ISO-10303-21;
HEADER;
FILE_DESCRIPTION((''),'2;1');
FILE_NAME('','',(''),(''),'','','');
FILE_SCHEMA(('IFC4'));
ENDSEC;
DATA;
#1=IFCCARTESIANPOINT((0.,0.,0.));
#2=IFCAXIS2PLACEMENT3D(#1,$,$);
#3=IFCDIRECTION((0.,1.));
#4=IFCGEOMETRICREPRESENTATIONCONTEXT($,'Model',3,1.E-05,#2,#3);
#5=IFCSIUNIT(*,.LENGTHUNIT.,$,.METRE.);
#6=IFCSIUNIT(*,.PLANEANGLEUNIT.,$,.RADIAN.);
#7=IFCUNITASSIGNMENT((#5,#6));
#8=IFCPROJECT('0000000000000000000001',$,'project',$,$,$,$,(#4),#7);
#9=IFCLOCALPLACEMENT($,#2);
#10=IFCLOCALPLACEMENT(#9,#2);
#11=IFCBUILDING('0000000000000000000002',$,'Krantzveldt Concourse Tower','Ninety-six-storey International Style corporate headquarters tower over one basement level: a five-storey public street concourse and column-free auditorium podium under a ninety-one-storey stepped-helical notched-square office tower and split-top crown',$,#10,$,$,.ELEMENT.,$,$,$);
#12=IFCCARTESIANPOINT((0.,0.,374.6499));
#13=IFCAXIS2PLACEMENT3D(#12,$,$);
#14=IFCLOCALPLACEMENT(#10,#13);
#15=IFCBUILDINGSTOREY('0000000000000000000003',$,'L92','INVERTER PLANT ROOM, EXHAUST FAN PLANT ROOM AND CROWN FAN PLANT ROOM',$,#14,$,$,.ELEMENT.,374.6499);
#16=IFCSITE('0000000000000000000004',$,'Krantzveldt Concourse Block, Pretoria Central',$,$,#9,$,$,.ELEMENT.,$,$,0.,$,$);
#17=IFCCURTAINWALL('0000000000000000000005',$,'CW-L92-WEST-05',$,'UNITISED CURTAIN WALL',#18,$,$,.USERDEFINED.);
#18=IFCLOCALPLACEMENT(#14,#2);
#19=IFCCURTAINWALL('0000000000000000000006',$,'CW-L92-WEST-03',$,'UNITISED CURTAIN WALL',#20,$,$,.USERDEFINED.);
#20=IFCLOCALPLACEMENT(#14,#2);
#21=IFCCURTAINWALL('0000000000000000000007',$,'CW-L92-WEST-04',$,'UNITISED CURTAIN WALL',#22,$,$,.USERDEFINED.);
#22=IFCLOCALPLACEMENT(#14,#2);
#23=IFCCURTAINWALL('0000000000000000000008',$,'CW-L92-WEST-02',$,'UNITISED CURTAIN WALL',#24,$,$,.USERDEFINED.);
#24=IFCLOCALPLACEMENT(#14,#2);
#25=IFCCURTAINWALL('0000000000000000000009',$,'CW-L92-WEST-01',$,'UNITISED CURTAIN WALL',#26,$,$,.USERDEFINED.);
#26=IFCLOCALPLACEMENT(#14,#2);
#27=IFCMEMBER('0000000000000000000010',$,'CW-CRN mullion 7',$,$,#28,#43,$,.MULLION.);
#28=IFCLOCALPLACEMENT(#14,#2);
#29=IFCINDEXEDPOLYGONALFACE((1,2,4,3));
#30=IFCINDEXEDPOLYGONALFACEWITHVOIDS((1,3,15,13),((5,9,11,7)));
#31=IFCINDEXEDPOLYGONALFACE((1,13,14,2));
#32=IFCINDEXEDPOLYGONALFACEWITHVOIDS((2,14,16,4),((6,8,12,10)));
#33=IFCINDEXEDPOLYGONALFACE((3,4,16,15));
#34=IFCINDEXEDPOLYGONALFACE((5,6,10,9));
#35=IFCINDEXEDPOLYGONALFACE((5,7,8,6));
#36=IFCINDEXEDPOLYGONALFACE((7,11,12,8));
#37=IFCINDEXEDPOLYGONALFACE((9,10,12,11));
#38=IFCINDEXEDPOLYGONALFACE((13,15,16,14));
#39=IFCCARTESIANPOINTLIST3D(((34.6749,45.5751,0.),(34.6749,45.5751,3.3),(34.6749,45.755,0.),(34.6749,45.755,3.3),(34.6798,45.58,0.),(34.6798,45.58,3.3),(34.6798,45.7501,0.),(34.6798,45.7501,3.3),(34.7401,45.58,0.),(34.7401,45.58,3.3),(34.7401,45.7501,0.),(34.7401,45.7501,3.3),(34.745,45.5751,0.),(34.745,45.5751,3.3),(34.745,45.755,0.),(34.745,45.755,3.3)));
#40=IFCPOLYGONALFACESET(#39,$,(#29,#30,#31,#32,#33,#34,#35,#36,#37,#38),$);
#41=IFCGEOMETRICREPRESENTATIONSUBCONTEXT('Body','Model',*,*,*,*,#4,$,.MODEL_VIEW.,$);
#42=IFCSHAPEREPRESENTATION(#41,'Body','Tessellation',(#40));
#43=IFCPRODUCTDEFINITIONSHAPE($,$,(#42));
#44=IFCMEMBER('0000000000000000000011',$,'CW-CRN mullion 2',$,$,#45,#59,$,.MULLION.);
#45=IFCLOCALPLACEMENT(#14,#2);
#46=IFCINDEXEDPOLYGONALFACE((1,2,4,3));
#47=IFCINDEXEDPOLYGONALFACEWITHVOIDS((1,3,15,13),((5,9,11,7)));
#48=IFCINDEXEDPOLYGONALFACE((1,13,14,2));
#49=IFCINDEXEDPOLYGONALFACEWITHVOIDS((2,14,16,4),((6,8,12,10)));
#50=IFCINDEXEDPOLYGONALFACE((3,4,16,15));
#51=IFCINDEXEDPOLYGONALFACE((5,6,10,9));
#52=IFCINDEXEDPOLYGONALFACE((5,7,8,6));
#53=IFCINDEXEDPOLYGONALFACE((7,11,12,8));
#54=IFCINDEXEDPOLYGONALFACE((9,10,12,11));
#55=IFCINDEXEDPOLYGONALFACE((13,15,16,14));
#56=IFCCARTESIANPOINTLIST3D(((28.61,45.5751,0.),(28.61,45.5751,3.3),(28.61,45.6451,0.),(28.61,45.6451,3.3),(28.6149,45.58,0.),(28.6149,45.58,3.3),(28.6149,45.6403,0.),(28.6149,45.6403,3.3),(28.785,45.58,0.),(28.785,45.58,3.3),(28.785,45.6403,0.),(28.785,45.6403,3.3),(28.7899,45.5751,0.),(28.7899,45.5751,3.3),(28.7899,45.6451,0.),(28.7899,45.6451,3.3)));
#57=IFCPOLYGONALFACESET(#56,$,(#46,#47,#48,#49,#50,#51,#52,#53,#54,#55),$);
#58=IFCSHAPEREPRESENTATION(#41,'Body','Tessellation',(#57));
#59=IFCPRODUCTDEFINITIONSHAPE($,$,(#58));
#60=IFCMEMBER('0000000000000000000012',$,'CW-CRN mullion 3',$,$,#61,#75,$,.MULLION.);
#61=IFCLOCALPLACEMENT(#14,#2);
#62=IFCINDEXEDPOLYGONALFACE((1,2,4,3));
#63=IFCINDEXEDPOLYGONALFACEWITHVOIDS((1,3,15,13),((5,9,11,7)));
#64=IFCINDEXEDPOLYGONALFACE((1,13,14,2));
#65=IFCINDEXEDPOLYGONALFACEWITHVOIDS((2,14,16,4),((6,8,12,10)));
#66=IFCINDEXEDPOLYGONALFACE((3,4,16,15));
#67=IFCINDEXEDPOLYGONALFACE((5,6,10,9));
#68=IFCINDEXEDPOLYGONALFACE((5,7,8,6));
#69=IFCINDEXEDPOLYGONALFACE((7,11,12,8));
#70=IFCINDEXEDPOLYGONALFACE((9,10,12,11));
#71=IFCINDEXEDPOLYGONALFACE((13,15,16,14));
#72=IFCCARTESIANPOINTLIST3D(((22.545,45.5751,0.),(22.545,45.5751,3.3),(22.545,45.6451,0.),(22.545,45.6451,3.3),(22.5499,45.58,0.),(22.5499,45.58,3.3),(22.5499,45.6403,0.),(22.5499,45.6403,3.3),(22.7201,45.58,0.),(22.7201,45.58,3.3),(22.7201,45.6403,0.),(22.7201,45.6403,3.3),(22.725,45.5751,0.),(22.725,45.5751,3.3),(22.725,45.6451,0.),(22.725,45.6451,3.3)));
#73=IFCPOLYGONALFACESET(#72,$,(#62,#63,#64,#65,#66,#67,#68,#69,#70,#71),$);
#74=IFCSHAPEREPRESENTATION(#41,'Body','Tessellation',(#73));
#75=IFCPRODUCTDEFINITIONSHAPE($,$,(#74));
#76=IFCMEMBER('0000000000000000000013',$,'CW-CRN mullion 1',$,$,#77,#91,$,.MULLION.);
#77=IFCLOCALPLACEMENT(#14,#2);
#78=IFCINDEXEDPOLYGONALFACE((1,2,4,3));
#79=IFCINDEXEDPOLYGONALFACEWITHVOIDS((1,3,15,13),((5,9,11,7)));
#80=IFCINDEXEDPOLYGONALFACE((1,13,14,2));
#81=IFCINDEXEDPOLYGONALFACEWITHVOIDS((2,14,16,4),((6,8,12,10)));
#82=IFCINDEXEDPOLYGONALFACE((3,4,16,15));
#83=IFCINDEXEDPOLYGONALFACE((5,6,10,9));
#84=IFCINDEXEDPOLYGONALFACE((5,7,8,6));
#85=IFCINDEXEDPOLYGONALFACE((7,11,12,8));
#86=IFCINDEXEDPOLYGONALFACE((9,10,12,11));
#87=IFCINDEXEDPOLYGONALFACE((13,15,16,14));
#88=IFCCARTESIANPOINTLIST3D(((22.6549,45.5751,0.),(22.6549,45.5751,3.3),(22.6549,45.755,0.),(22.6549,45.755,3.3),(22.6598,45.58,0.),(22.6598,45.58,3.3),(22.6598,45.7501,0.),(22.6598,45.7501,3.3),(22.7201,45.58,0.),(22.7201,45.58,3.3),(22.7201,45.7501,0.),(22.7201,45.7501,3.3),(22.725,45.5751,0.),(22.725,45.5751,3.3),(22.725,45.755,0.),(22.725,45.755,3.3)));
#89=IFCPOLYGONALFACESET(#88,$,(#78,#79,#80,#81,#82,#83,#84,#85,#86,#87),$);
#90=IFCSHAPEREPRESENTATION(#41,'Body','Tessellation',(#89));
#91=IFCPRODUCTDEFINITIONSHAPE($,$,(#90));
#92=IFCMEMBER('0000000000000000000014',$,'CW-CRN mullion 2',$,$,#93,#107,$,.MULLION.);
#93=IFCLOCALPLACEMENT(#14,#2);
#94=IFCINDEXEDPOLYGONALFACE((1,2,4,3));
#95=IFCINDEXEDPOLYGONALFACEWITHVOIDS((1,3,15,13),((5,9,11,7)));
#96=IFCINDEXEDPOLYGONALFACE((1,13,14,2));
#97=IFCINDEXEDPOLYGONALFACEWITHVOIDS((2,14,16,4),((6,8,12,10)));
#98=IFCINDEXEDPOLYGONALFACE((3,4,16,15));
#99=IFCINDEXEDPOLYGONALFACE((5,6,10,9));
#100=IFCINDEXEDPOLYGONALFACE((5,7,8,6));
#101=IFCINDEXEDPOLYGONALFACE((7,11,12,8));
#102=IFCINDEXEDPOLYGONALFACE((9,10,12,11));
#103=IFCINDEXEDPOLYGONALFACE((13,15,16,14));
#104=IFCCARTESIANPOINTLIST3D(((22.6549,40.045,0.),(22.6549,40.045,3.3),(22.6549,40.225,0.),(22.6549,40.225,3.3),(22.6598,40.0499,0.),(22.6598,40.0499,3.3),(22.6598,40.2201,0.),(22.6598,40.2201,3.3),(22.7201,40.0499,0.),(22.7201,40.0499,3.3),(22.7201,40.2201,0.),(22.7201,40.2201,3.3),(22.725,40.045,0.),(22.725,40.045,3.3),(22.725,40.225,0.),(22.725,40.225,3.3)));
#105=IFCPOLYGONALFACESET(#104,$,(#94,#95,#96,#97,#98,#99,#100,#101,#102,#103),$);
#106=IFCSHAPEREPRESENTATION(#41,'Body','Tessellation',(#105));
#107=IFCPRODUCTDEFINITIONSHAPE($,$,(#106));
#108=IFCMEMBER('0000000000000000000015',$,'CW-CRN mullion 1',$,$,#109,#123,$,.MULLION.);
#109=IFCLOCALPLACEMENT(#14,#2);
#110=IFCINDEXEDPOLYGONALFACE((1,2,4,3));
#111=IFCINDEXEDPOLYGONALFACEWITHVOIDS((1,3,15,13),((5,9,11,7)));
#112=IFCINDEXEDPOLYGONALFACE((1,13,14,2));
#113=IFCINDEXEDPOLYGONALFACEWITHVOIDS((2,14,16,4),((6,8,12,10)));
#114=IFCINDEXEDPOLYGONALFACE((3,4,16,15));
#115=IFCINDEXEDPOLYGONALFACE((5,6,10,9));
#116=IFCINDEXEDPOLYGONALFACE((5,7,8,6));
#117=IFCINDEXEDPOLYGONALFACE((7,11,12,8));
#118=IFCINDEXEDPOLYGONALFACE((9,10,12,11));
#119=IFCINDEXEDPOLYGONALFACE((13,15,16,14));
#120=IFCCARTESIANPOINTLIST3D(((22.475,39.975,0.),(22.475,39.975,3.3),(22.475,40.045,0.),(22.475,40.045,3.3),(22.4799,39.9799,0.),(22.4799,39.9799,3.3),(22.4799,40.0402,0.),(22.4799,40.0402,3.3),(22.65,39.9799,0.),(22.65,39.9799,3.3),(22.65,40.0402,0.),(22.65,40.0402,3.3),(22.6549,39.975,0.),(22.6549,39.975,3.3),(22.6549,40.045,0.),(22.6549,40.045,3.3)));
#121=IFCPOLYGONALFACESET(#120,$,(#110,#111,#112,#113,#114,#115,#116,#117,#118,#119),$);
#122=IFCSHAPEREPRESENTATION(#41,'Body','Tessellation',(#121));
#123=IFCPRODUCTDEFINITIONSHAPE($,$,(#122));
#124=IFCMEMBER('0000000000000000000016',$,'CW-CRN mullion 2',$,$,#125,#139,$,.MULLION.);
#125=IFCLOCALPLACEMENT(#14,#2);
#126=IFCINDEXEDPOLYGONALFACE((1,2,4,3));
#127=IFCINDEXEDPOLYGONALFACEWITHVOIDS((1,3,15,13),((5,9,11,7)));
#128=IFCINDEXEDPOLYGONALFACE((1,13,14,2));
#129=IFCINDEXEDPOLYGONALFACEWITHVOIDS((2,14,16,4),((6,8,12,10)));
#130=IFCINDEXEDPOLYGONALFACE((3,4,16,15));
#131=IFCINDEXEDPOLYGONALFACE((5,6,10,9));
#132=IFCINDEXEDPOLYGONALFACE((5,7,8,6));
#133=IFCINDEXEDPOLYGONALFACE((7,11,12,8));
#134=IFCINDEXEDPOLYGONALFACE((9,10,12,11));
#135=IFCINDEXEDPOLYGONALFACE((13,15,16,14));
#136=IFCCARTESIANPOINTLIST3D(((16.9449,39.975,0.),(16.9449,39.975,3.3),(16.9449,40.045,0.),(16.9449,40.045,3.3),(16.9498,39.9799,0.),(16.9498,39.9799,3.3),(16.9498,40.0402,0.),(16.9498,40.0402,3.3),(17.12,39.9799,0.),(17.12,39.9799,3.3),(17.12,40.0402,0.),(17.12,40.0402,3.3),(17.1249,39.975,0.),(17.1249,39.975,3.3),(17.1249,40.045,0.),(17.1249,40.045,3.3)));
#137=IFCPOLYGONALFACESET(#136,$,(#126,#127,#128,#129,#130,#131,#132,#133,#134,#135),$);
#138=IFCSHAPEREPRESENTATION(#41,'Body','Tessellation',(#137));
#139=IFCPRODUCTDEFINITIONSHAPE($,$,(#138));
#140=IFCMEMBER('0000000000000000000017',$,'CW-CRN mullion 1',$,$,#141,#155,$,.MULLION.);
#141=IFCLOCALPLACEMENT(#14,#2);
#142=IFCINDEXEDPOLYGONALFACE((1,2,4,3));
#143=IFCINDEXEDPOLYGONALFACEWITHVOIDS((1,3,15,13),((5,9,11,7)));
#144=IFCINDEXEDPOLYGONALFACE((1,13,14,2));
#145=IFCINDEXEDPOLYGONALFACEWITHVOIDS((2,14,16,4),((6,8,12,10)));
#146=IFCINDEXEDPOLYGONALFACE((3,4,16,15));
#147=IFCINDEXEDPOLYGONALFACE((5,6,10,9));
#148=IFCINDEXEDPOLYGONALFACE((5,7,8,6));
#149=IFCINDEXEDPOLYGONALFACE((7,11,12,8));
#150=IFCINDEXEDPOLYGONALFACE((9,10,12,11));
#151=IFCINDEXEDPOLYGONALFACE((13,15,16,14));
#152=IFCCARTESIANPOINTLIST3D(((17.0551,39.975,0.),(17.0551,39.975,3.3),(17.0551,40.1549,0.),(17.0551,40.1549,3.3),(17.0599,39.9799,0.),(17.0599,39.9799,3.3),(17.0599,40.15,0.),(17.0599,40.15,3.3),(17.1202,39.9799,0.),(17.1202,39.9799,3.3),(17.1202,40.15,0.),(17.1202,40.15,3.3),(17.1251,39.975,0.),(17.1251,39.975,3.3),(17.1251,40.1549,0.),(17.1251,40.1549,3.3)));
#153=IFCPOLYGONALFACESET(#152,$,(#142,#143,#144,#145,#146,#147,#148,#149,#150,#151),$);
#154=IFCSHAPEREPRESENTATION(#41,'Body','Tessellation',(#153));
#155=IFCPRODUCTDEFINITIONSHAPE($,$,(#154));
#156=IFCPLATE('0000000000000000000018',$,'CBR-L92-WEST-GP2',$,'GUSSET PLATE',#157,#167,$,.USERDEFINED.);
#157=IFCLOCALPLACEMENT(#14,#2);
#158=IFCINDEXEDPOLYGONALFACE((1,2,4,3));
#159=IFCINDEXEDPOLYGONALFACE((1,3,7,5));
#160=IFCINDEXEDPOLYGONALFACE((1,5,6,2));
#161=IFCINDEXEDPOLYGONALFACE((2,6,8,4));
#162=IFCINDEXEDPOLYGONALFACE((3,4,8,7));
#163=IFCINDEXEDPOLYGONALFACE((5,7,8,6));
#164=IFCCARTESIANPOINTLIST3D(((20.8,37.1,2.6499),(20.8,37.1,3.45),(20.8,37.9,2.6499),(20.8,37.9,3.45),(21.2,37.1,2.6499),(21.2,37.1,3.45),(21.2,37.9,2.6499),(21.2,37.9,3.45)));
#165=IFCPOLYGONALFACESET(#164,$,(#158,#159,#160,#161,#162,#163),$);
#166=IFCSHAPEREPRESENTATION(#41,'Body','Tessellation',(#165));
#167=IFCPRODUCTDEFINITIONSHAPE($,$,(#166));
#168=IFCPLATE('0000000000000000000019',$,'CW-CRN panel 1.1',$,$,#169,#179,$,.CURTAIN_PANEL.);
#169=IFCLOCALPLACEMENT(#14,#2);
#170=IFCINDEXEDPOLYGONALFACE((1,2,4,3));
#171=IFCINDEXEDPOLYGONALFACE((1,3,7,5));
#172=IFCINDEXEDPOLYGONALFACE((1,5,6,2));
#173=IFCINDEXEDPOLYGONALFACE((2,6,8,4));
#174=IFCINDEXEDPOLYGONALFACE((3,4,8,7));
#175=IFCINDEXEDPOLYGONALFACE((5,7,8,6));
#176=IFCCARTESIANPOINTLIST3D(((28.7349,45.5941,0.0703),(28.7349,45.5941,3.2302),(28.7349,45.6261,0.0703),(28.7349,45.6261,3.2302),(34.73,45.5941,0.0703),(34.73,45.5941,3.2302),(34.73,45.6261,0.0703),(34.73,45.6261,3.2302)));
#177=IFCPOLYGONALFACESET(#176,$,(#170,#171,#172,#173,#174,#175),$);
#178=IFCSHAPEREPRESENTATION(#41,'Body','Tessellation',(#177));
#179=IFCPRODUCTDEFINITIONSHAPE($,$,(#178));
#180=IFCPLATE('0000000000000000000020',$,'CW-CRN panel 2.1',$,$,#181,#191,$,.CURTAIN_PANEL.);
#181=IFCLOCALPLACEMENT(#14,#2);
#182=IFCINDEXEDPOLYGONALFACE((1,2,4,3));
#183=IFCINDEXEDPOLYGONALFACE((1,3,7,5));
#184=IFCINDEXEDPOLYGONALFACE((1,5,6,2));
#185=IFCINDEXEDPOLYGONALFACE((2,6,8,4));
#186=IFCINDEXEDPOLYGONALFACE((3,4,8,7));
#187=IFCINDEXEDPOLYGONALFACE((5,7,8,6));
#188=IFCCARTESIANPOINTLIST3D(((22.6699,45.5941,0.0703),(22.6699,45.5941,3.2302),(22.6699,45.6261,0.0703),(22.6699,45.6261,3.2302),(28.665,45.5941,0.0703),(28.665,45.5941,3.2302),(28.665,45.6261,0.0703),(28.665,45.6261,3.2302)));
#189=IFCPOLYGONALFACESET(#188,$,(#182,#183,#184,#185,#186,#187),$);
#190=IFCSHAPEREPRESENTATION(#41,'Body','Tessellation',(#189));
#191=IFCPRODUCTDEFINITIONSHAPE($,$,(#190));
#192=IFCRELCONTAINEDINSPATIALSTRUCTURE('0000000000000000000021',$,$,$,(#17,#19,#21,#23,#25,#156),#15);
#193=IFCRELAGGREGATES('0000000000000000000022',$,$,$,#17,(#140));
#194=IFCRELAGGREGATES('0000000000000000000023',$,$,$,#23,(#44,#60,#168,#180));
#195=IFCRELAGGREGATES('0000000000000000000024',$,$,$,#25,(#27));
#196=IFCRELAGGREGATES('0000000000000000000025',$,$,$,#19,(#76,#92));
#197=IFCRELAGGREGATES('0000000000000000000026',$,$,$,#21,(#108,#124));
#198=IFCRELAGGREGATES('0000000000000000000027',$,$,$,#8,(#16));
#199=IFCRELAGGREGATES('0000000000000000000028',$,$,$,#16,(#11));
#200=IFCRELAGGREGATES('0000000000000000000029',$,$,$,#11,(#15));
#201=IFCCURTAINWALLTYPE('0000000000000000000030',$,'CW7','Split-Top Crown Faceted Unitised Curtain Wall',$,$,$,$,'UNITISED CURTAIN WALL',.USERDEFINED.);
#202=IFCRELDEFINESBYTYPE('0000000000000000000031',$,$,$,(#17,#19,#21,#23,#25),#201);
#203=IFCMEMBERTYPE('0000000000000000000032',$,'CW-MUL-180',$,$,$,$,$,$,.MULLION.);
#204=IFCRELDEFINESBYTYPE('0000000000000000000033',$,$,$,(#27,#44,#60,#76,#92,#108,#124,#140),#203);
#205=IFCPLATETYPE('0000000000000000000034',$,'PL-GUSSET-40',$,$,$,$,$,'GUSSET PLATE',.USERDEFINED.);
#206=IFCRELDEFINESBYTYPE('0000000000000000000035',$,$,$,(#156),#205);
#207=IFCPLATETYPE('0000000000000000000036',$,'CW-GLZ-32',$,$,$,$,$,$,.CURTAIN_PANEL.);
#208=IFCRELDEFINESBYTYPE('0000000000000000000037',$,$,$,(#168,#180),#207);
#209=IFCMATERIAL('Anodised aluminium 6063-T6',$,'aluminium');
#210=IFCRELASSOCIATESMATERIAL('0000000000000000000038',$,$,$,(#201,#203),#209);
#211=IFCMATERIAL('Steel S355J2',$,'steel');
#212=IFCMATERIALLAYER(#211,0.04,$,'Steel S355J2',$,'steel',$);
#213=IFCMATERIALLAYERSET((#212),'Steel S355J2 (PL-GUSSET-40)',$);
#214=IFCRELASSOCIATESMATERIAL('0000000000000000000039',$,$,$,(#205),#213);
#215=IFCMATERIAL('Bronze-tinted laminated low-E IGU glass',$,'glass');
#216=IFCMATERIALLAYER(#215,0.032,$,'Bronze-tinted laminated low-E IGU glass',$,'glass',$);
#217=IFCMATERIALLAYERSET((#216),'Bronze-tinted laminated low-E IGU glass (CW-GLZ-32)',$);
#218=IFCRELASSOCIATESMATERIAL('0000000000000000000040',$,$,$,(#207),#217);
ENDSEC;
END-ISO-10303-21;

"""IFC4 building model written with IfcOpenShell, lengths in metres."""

from ifc_helpers import new_model, si_unit, direction, frame, origin, origin_2d, place, context, subcontext, project, spatial, rectangle, hollow_rectangle, extrude, source, transform, mapped, material, layer, layer_set, material_profile, profile_set, type_object, type_shapes, element, aggregate, save


model = new_model("IFC4")

# Units and contexts
model_context = context("Model", 3, precision=1e-05, world=origin(), true_north=direction((0.0, 1.0)))
body_context = subcontext(model_context, "Body", "Model", "MODEL_VIEW")
ifc_project = project(units=[si_unit("LENGTHUNIT", "METRE"), si_unit("PLANEANGLEUNIT", "RADIAN")], contexts=[model_context])

# Site, building, storey
site_placement = place(None, origin())
site = spatial("IfcSite", under=ifc_project, at=site_placement, Name="Krantzveldt Concourse Block, Pretoria Central", CompositionType="ELEMENT", RefElevation=0.0)
building_placement = place(site_placement, origin())
building = spatial("IfcBuilding", under=site, at=building_placement, Name="Krantzveldt Concourse Tower", Description="Ninety-six-storey International Style corporate headquarters tower over one basement level: a five-storey public street concourse and column-free auditorium podium under a ninety-one-storey stepped-helical notched-square office tower and split-top crown", CompositionType="ELEMENT")
storey_placement = place(building_placement, frame((0.0, 0.0, 374.6499)))
storey = spatial("IfcBuildingStorey", under=building, at=storey_placement, Name="L92", Description="INVERTER PLANT ROOM, EXHAUST FAN PLANT ROOM AND CROWN FAN PLANT ROOM", CompositionType="ELEMENT", Elevation=374.6499)

# Shared definitions
ifc_material_1 = material(Name="Steel S355J2", Category="steel")

# Curtain walls, member
ifc_material_2 = material(Name="Anodised aluminium 6063-T6", Category="aluminium")
curtain_wall_type = type_object("IfcCurtainWallType", Name="CW7", Description="Split-Top Crown Faceted Unitised Curtain Wall", ElementType="UNITISED CURTAIN WALL", PredefinedType="USERDEFINED", material=ifc_material_2)
curtain_wall_1_placement = place(storey_placement, origin())
curtain_wall_1 = element("IfcCurtainWall", 1, at=curtain_wall_1_placement, inside=storey, type_object=curtain_wall_type, Name="CW-L92-WEST-05", ObjectType="UNITISED CURTAIN WALL", PredefinedType="USERDEFINED")
curtain_wall_2_placement = place(storey_placement, origin())
curtain_wall_2 = element("IfcCurtainWall", 2, at=curtain_wall_2_placement, inside=storey, type_object=curtain_wall_type, Name="CW-L92-WEST-03", ObjectType="UNITISED CURTAIN WALL", PredefinedType="USERDEFINED")
curtain_wall_3_placement = place(storey_placement, origin())
curtain_wall_3 = element("IfcCurtainWall", 3, at=curtain_wall_3_placement, inside=storey, type_object=curtain_wall_type, Name="CW-L92-WEST-04", ObjectType="UNITISED CURTAIN WALL", PredefinedType="USERDEFINED")
curtain_wall_4_placement = place(storey_placement, origin())
curtain_wall_4 = element("IfcCurtainWall", 4, at=curtain_wall_4_placement, inside=storey, type_object=curtain_wall_type, Name="CW-L92-WEST-02", ObjectType="UNITISED CURTAIN WALL", PredefinedType="USERDEFINED")
curtain_wall_5_placement = place(storey_placement, origin())
curtain_wall_5 = element("IfcCurtainWall", 5, at=curtain_wall_5_placement, inside=storey, type_object=curtain_wall_type, Name="CW-L92-WEST-01", ObjectType="UNITISED CURTAIN WALL", PredefinedType="USERDEFINED")
ifc_material_profile_1 = material_profile(ifc_material_2, hollow_rectangle(XDim=0.0701, YDim=0.1799, WallThickness=0.0049, at=origin_2d()), Name="Anodised aluminium 6063-T6", Category="aluminium")
ifc_profile_set_1 = profile_set([ifc_material_profile_1], Name="Anodised aluminium 6063-T6 - ALU-MULL 180x70x5")
member_type_1 = type_object("IfcMemberType", Name="CW-MUL-180", PredefinedType="MULLION", material=ifc_profile_set_1)
shared_shape_1 = source(origin(), body_context, "Body", "SweptSolid", [
    extrude(hollow_rectangle(XDim=0.0701, YDim=0.1799, WallThickness=0.0049, at=origin_2d()), origin(), (0.0, 0.0, 1.0), 3.3),
])
type_shapes(member_type_1, [shared_shape_1])
member_1_placement = place(storey_placement, frame((34.71, 45.665, 0.0), z_axis=(0.0, 0.0, 1.0), x_axis=(-1.0, 0.0, 0.0)))
member_1 = element("IfcMember", 6, at=member_1_placement, type_object=member_type_1, Name="CW-CRN mullion 7", PredefinedType="MULLION", context=body_context, shape_type="MappedRepresentation", body=[
    mapped(shared_shape_1, transform((0.0, 0.0, 0.0), x_axis=(1.0, 0.0, 0.0), y_axis=(0.0, 1.0, 0.0), z_axis=(0.0, 0.0, 1.0), scale=1.0)),
])

# Members
member_2_placement = place(storey_placement, frame((28.7, 45.6101, 0.0), z_axis=(0.0, 0.0, 1.0), x_axis=(0.0, -1.0, 0.0)))
member_2 = element("IfcMember", 7, at=member_2_placement, type_object=member_type_1, Name="CW-CRN mullion 2", PredefinedType="MULLION", context=body_context, shape_type="MappedRepresentation", body=[
    mapped(shared_shape_1, transform((0.0, 0.0, 0.0), x_axis=(1.0, 0.0, 0.0), y_axis=(0.0, 1.0, 0.0), z_axis=(0.0, 0.0, 1.0), scale=1.0)),
])
member_3_placement = place(storey_placement, frame((22.635, 45.6101, 0.0), z_axis=(0.0, 0.0, 1.0), x_axis=(0.0, -1.0, 0.0)))
member_3 = element("IfcMember", 8, at=member_3_placement, type_object=member_type_1, Name="CW-CRN mullion 3", PredefinedType="MULLION", context=body_context, shape_type="MappedRepresentation", body=[
    mapped(shared_shape_1, transform((0.0, 0.0, 0.0), x_axis=(1.0, 0.0, 0.0), y_axis=(0.0, 1.0, 0.0), z_axis=(0.0, 0.0, 1.0), scale=1.0)),
])
member_4_placement = place(storey_placement, frame((22.6899, 45.665, 0.0), z_axis=(0.0, 0.0, 1.0), x_axis=(1.0, 0.0, 0.0)))
member_4 = element("IfcMember", 9, at=member_4_placement, type_object=member_type_1, Name="CW-CRN mullion 1", PredefinedType="MULLION", context=body_context, shape_type="MappedRepresentation", body=[
    mapped(shared_shape_1, transform((0.0, 0.0, 0.0), x_axis=(1.0, 0.0, 0.0), y_axis=(0.0, 1.0, 0.0), z_axis=(0.0, 0.0, 1.0), scale=1.0)),
])
member_5_placement = place(storey_placement, frame((22.6899, 40.135, 0.0), z_axis=(0.0, 0.0, 1.0), x_axis=(1.0, 0.0, 0.0)))
member_5 = element("IfcMember", 10, at=member_5_placement, type_object=member_type_1, Name="CW-CRN mullion 2", PredefinedType="MULLION", context=body_context, shape_type="MappedRepresentation", body=[
    mapped(shared_shape_1, transform((0.0, 0.0, 0.0), x_axis=(1.0, 0.0, 0.0), y_axis=(0.0, 1.0, 0.0), z_axis=(0.0, 0.0, 1.0), scale=1.0)),
])
member_6_placement = place(storey_placement, frame((22.5649, 40.01, 0.0), z_axis=(0.0, 0.0, 1.0), x_axis=(0.0, -1.0, 0.0)))
member_6 = element("IfcMember", 11, at=member_6_placement, type_object=member_type_1, Name="CW-CRN mullion 1", PredefinedType="MULLION", context=body_context, shape_type="MappedRepresentation", body=[
    mapped(shared_shape_1, transform((0.0, 0.0, 0.0), x_axis=(1.0, 0.0, 0.0), y_axis=(0.0, 1.0, 0.0), z_axis=(0.0, 0.0, 1.0), scale=1.0)),
])
member_7_placement = place(storey_placement, frame((17.0349, 40.01, 0.0), z_axis=(0.0, 0.0, 1.0), x_axis=(0.0, -1.0, 0.0)))
member_7 = element("IfcMember", 12, at=member_7_placement, type_object=member_type_1, Name="CW-CRN mullion 2", PredefinedType="MULLION", context=body_context, shape_type="MappedRepresentation", body=[
    mapped(shared_shape_1, transform((0.0, 0.0, 0.0), x_axis=(1.0, 0.0, 0.0), y_axis=(0.0, 1.0, 0.0), z_axis=(0.0, 0.0, 1.0), scale=1.0)),
])
member_8_placement = place(storey_placement, frame((17.0901, 40.0649, 0.0), z_axis=(0.0, 0.0, 1.0), x_axis=(1.0, 0.0, 0.0)))
member_8 = element("IfcMember", 13, at=member_8_placement, type_object=member_type_1, Name="CW-CRN mullion 1", PredefinedType="MULLION", context=body_context, shape_type="MappedRepresentation", body=[
    mapped(shared_shape_1, transform((0.0, 0.0, 0.0), x_axis=(1.0, 0.0, 0.0), y_axis=(0.0, 1.0, 0.0), z_axis=(0.0, 0.0, 1.0), scale=1.0)),
])
aggregate(curtain_wall_1, [member_8])

# Plates
ifc_layer_1 = layer(ifc_material_1, 0.04, Name="Steel S355J2", Category="steel")
ifc_layer_set_1 = layer_set([ifc_layer_1], Name="Steel S355J2 (PL-GUSSET-40)")
plate_type_1 = type_object("IfcPlateType", Name="PL-GUSSET-40", ElementType="GUSSET PLATE", PredefinedType="USERDEFINED", material=ifc_layer_set_1)
shared_shape_2 = source(origin(), body_context, "Body", "SweptSolid", [
    extrude(rectangle(XDim=0.3999, YDim=0.8, at=origin_2d()), origin(), (0.0, 0.0, 1.0), 0.8),
])
type_shapes(plate_type_1, [shared_shape_2])
plate_1_placement = place(storey_placement, frame((21.0, 37.5, 2.6499), z_axis=(0.0, 0.0, 1.0), x_axis=(1.0, 0.0, 0.0)))
element("IfcPlate", 14, at=plate_1_placement, inside=storey, type_object=plate_type_1, Name="CBR-L92-WEST-GP2", ObjectType="GUSSET PLATE", PredefinedType="USERDEFINED", context=body_context, shape_type="MappedRepresentation", body=[
    mapped(shared_shape_2, transform((0.0, 0.0, 0.0), x_axis=(1.0, 0.0, 0.0), y_axis=(0.0, 1.0, 0.0), z_axis=(0.0, 0.0, 1.0), scale=1.0)),
])
ifc_material_3 = material(Name="Bronze-tinted laminated low-E IGU glass", Category="glass")
ifc_layer_2 = layer(ifc_material_3, 0.032, Name="Bronze-tinted laminated low-E IGU glass", Category="glass")
ifc_layer_set_2 = layer_set([ifc_layer_2], Name="Bronze-tinted laminated low-E IGU glass (CW-GLZ-32)")
plate_type_2 = type_object("IfcPlateType", Name="CW-GLZ-32", PredefinedType="CURTAIN_PANEL", material=ifc_layer_set_2)
shared_shape_3 = source(origin(), body_context, "Body", "SweptSolid", [
    extrude(rectangle(XDim=5.9951, YDim=0.032, at=origin_2d()), origin(), (0.0, 0.0, 1.0), 3.1599),
])
plate_2_placement = place(storey_placement, frame((31.7324, 45.6101, 0.0703), z_axis=(0.0, 0.0, 1.0), x_axis=(-1.0, 0.0, 0.0)))
plate_2 = element("IfcPlate", 15, at=plate_2_placement, type_object=plate_type_2, Name="CW-CRN panel 1.1", PredefinedType="CURTAIN_PANEL", context=body_context, shape_type="MappedRepresentation", body=[
    mapped(shared_shape_3, transform((0.0, 0.0, 0.0), x_axis=(1.0, 0.0, 0.0), y_axis=(0.0, 1.0, 0.0), z_axis=(0.0, 0.0, 1.0), scale=1.0)),
])
plate_3_placement = place(storey_placement, frame((25.6675, 45.6101, 0.0703), z_axis=(0.0, 0.0, 1.0), x_axis=(-1.0, 0.0, 0.0)))
plate_3 = element("IfcPlate", 16, at=plate_3_placement, type_object=plate_type_2, Name="CW-CRN panel 2.1", PredefinedType="CURTAIN_PANEL", context=body_context, shape_type="MappedRepresentation", body=[
    mapped(shared_shape_3, transform((0.0, 0.0, 0.0), x_axis=(1.0, 0.0, 0.0), y_axis=(0.0, 1.0, 0.0), z_axis=(0.0, 0.0, 1.0), scale=1.0)),
])
aggregate(curtain_wall_4, [member_2, member_3, plate_2, plate_3])
aggregate(curtain_wall_5, [member_1])
aggregate(curtain_wall_2, [member_4, member_5])
aggregate(curtain_wall_3, [member_6, member_7])

save(model, "model.ifc")
